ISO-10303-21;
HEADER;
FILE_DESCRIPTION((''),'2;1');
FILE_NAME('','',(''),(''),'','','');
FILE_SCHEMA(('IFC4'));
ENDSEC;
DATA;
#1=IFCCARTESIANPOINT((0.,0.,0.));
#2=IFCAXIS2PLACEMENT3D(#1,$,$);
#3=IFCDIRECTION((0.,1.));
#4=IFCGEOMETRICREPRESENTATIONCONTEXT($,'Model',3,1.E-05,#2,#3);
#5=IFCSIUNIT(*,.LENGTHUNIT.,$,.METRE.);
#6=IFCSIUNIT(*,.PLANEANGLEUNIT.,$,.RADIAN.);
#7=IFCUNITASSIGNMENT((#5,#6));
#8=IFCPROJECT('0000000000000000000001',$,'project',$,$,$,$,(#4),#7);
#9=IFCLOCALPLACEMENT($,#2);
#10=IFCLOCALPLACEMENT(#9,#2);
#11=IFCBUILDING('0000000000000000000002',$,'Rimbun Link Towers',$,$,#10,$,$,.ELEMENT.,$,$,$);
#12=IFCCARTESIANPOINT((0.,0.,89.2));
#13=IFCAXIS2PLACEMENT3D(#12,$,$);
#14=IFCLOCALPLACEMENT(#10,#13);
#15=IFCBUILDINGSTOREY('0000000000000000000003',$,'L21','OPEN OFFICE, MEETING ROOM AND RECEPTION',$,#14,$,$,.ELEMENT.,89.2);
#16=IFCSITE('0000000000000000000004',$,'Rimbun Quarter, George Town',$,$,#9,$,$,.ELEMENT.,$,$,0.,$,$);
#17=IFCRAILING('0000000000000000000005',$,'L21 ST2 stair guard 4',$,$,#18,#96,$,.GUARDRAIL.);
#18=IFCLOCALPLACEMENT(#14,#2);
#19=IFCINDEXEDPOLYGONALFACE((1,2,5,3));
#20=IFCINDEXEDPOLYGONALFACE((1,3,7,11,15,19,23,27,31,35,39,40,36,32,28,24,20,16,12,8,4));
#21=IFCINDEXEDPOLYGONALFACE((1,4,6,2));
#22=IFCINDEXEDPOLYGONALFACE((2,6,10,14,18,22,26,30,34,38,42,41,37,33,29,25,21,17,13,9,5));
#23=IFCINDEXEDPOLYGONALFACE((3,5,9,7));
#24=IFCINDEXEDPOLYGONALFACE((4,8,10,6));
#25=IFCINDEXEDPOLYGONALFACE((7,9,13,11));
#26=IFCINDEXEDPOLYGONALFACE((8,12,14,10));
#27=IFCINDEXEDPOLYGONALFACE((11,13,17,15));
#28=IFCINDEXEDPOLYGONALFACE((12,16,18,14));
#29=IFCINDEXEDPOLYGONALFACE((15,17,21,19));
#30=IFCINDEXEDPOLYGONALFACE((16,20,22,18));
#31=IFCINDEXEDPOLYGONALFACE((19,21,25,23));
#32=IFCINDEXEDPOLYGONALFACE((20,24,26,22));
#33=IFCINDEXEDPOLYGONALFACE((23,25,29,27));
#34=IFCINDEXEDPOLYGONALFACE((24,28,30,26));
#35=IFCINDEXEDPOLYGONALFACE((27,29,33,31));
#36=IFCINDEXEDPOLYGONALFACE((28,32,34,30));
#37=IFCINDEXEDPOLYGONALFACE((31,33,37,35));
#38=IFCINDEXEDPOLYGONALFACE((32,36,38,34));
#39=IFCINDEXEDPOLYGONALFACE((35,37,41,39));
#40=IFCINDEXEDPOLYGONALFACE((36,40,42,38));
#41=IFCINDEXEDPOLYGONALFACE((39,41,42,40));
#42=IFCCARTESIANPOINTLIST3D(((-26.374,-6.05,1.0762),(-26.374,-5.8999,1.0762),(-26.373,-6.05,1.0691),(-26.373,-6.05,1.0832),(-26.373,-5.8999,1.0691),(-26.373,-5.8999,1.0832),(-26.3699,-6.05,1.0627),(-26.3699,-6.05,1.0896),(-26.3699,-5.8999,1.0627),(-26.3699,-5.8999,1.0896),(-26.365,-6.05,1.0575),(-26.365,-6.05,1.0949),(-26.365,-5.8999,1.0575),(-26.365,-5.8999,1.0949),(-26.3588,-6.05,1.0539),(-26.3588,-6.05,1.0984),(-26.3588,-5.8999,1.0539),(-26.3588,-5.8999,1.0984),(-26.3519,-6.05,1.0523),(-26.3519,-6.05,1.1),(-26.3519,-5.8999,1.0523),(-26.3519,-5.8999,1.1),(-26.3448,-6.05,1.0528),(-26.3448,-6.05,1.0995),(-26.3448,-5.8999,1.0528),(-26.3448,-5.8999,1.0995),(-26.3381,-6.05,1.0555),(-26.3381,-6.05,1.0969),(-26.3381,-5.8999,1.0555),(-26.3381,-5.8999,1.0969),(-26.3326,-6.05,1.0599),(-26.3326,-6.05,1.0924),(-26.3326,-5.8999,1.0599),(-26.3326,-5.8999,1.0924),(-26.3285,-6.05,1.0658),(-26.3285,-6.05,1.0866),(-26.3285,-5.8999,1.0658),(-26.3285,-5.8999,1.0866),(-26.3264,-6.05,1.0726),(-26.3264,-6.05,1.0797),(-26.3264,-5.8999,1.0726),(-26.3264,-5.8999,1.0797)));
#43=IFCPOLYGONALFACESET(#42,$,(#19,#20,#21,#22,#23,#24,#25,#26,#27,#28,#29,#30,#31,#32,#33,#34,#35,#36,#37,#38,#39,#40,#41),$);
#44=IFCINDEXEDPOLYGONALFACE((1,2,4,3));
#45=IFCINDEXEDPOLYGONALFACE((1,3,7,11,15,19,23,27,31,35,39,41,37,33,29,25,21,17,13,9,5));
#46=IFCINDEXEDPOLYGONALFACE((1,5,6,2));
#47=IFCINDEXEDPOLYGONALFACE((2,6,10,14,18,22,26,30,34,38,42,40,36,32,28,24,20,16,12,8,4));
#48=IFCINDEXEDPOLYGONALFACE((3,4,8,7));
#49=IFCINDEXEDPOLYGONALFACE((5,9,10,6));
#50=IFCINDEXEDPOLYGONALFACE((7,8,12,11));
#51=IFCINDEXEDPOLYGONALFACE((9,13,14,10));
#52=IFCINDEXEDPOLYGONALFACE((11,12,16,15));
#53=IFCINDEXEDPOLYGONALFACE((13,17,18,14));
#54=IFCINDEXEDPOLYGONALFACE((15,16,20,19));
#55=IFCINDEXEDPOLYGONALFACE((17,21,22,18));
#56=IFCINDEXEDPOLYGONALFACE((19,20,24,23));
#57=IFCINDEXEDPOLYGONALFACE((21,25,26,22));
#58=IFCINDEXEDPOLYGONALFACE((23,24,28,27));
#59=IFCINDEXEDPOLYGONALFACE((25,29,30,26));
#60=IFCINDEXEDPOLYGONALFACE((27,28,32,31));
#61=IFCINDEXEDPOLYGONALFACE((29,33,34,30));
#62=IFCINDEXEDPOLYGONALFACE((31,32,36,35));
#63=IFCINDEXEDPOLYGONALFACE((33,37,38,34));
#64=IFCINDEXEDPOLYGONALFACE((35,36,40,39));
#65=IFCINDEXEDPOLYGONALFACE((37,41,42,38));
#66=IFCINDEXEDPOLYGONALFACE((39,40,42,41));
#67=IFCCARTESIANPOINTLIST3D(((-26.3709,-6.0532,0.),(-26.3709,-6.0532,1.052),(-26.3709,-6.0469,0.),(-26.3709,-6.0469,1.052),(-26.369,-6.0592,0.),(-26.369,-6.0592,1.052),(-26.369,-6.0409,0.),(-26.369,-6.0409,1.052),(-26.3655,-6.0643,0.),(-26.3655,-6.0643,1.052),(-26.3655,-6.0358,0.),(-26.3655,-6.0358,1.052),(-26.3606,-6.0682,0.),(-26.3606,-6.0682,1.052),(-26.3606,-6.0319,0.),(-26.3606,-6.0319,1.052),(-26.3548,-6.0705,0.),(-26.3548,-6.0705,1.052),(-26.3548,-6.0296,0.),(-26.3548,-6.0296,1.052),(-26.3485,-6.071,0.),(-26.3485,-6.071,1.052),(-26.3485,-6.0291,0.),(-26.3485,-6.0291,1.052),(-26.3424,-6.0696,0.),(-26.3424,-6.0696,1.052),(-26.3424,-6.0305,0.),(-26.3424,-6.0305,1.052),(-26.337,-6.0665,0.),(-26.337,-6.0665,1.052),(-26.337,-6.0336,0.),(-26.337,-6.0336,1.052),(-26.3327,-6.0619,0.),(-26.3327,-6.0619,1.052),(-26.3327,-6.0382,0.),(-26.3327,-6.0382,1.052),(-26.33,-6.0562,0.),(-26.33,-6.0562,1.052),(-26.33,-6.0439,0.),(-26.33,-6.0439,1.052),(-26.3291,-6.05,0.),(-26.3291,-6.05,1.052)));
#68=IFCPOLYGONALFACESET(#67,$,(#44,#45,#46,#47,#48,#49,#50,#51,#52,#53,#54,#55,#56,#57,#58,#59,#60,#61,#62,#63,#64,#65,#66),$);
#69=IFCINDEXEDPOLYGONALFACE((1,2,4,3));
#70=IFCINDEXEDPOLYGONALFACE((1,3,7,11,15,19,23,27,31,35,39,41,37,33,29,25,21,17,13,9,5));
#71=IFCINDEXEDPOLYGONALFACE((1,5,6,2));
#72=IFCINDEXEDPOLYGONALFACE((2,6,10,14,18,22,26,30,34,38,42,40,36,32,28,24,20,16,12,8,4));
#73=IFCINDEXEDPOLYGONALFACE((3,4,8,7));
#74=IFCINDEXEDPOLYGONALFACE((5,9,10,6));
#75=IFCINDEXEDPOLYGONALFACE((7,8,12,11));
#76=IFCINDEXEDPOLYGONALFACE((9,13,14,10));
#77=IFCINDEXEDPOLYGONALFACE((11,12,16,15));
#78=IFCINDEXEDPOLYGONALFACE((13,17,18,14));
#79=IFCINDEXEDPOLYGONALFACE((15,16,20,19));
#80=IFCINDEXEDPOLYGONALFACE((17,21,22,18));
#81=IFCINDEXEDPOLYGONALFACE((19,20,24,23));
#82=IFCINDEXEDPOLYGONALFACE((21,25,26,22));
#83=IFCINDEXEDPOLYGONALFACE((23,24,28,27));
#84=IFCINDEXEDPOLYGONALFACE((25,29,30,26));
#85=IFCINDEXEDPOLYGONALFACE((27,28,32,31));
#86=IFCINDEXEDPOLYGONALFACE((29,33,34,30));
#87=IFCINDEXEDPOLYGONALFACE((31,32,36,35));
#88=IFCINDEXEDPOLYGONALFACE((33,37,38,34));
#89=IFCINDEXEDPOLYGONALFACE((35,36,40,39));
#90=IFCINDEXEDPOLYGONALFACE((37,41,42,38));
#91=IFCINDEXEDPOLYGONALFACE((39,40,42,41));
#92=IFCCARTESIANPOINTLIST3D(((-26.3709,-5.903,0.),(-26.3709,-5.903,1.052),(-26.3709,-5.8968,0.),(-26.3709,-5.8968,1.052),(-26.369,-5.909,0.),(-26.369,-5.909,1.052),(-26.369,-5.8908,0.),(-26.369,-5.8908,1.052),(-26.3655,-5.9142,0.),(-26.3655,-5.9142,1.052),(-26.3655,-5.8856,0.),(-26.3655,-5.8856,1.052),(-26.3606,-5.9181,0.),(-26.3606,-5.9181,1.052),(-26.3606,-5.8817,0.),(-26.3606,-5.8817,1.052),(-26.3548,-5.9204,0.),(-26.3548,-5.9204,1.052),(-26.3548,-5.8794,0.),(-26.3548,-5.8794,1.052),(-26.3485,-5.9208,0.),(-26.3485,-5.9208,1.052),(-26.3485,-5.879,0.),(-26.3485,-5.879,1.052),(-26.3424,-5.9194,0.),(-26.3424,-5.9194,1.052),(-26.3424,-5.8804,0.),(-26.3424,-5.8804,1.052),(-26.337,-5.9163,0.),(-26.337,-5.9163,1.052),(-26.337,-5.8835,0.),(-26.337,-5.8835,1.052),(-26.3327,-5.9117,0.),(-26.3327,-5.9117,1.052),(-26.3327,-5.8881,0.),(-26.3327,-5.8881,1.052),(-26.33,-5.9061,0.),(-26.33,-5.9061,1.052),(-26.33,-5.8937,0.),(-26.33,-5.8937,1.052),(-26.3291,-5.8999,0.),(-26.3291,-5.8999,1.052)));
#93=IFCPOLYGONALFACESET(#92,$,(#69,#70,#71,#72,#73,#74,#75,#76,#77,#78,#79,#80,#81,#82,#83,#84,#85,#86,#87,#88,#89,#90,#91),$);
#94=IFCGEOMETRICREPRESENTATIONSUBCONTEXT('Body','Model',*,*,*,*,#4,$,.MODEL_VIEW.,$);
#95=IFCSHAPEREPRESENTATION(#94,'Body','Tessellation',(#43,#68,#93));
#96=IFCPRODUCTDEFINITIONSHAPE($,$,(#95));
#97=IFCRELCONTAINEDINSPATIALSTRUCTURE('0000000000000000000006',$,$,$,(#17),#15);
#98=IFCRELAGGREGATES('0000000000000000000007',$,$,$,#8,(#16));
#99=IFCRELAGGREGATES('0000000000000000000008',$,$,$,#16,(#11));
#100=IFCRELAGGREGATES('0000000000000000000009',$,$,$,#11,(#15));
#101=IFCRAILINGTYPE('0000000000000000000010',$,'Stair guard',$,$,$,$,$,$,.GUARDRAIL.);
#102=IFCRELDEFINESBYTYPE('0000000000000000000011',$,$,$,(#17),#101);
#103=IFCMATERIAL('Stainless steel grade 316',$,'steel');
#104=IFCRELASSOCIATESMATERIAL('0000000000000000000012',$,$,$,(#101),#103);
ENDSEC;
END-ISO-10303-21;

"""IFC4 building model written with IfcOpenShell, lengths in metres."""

from ifc_helpers import new_model, si_unit, direction, frame, origin, origin_2d, place, context, subcontext, project, spatial, circle, extrude, material, type_object, element, save


model = new_model("IFC4")

# Units and contexts
model_context = context("Model", 3, precision=1e-05, world=origin(), true_north=direction((0.0, 1.0)))
body_context = subcontext(model_context, "Body", "Model", "MODEL_VIEW")
ifc_project = project(units=[si_unit("LENGTHUNIT", "METRE"), si_unit("PLANEANGLEUNIT", "RADIAN")], contexts=[model_context])

# Site, building, storey
site_placement = place(None, origin())
site = spatial("IfcSite", under=ifc_project, at=site_placement, Name="Rimbun Quarter, George Town", CompositionType="ELEMENT", RefElevation=0.0)
building_placement = place(site_placement, origin())
building = spatial("IfcBuilding", under=site, at=building_placement, Name="Rimbun Link Towers", CompositionType="ELEMENT")
storey_placement = place(building_placement, frame((0.0, 0.0, 89.2)))
storey = spatial("IfcBuildingStorey", under=building, at=storey_placement, Name="L21", Description="OPEN OFFICE, MEETING ROOM AND RECEPTION", CompositionType="ELEMENT", Elevation=89.2)

# Railing
ifc_material_1 = material(Name="Stainless steel grade 316", Category="steel")
railing_type_1 = type_object("IfcRailingType", Name="Stair guard", PredefinedType="GUARDRAIL", material=ifc_material_1)
railing_1_placement = place(storey_placement, frame((-26.3501, -6.05, 0.0)))
element("IfcRailing", 1, at=railing_1_placement, inside=storey, type_object=railing_type_1, Name="L21 ST2 stair guard 4", PredefinedType="GUARDRAIL", context=body_context, shape_type="SweptSolid", body=[
    extrude(circle(Radius=0.0239, at=origin_2d()), frame((0.0, 0.0, 1.0762), z_axis=(0.0, 1.0, 0.0), x_axis=(-1.0, 0.0, 0.0)), (0.0, 0.0, 1.0), 0.1501),
    extrude(circle(Radius=0.021, at=origin_2d()), origin(), (0.0, 0.0, 1.0), 1.052),
    extrude(circle(Radius=0.021, at=origin_2d()), frame((0.0, 0.1501, 0.0)), (0.0, 0.0, 1.0), 1.052),
])

save(model, "model.ifc")
